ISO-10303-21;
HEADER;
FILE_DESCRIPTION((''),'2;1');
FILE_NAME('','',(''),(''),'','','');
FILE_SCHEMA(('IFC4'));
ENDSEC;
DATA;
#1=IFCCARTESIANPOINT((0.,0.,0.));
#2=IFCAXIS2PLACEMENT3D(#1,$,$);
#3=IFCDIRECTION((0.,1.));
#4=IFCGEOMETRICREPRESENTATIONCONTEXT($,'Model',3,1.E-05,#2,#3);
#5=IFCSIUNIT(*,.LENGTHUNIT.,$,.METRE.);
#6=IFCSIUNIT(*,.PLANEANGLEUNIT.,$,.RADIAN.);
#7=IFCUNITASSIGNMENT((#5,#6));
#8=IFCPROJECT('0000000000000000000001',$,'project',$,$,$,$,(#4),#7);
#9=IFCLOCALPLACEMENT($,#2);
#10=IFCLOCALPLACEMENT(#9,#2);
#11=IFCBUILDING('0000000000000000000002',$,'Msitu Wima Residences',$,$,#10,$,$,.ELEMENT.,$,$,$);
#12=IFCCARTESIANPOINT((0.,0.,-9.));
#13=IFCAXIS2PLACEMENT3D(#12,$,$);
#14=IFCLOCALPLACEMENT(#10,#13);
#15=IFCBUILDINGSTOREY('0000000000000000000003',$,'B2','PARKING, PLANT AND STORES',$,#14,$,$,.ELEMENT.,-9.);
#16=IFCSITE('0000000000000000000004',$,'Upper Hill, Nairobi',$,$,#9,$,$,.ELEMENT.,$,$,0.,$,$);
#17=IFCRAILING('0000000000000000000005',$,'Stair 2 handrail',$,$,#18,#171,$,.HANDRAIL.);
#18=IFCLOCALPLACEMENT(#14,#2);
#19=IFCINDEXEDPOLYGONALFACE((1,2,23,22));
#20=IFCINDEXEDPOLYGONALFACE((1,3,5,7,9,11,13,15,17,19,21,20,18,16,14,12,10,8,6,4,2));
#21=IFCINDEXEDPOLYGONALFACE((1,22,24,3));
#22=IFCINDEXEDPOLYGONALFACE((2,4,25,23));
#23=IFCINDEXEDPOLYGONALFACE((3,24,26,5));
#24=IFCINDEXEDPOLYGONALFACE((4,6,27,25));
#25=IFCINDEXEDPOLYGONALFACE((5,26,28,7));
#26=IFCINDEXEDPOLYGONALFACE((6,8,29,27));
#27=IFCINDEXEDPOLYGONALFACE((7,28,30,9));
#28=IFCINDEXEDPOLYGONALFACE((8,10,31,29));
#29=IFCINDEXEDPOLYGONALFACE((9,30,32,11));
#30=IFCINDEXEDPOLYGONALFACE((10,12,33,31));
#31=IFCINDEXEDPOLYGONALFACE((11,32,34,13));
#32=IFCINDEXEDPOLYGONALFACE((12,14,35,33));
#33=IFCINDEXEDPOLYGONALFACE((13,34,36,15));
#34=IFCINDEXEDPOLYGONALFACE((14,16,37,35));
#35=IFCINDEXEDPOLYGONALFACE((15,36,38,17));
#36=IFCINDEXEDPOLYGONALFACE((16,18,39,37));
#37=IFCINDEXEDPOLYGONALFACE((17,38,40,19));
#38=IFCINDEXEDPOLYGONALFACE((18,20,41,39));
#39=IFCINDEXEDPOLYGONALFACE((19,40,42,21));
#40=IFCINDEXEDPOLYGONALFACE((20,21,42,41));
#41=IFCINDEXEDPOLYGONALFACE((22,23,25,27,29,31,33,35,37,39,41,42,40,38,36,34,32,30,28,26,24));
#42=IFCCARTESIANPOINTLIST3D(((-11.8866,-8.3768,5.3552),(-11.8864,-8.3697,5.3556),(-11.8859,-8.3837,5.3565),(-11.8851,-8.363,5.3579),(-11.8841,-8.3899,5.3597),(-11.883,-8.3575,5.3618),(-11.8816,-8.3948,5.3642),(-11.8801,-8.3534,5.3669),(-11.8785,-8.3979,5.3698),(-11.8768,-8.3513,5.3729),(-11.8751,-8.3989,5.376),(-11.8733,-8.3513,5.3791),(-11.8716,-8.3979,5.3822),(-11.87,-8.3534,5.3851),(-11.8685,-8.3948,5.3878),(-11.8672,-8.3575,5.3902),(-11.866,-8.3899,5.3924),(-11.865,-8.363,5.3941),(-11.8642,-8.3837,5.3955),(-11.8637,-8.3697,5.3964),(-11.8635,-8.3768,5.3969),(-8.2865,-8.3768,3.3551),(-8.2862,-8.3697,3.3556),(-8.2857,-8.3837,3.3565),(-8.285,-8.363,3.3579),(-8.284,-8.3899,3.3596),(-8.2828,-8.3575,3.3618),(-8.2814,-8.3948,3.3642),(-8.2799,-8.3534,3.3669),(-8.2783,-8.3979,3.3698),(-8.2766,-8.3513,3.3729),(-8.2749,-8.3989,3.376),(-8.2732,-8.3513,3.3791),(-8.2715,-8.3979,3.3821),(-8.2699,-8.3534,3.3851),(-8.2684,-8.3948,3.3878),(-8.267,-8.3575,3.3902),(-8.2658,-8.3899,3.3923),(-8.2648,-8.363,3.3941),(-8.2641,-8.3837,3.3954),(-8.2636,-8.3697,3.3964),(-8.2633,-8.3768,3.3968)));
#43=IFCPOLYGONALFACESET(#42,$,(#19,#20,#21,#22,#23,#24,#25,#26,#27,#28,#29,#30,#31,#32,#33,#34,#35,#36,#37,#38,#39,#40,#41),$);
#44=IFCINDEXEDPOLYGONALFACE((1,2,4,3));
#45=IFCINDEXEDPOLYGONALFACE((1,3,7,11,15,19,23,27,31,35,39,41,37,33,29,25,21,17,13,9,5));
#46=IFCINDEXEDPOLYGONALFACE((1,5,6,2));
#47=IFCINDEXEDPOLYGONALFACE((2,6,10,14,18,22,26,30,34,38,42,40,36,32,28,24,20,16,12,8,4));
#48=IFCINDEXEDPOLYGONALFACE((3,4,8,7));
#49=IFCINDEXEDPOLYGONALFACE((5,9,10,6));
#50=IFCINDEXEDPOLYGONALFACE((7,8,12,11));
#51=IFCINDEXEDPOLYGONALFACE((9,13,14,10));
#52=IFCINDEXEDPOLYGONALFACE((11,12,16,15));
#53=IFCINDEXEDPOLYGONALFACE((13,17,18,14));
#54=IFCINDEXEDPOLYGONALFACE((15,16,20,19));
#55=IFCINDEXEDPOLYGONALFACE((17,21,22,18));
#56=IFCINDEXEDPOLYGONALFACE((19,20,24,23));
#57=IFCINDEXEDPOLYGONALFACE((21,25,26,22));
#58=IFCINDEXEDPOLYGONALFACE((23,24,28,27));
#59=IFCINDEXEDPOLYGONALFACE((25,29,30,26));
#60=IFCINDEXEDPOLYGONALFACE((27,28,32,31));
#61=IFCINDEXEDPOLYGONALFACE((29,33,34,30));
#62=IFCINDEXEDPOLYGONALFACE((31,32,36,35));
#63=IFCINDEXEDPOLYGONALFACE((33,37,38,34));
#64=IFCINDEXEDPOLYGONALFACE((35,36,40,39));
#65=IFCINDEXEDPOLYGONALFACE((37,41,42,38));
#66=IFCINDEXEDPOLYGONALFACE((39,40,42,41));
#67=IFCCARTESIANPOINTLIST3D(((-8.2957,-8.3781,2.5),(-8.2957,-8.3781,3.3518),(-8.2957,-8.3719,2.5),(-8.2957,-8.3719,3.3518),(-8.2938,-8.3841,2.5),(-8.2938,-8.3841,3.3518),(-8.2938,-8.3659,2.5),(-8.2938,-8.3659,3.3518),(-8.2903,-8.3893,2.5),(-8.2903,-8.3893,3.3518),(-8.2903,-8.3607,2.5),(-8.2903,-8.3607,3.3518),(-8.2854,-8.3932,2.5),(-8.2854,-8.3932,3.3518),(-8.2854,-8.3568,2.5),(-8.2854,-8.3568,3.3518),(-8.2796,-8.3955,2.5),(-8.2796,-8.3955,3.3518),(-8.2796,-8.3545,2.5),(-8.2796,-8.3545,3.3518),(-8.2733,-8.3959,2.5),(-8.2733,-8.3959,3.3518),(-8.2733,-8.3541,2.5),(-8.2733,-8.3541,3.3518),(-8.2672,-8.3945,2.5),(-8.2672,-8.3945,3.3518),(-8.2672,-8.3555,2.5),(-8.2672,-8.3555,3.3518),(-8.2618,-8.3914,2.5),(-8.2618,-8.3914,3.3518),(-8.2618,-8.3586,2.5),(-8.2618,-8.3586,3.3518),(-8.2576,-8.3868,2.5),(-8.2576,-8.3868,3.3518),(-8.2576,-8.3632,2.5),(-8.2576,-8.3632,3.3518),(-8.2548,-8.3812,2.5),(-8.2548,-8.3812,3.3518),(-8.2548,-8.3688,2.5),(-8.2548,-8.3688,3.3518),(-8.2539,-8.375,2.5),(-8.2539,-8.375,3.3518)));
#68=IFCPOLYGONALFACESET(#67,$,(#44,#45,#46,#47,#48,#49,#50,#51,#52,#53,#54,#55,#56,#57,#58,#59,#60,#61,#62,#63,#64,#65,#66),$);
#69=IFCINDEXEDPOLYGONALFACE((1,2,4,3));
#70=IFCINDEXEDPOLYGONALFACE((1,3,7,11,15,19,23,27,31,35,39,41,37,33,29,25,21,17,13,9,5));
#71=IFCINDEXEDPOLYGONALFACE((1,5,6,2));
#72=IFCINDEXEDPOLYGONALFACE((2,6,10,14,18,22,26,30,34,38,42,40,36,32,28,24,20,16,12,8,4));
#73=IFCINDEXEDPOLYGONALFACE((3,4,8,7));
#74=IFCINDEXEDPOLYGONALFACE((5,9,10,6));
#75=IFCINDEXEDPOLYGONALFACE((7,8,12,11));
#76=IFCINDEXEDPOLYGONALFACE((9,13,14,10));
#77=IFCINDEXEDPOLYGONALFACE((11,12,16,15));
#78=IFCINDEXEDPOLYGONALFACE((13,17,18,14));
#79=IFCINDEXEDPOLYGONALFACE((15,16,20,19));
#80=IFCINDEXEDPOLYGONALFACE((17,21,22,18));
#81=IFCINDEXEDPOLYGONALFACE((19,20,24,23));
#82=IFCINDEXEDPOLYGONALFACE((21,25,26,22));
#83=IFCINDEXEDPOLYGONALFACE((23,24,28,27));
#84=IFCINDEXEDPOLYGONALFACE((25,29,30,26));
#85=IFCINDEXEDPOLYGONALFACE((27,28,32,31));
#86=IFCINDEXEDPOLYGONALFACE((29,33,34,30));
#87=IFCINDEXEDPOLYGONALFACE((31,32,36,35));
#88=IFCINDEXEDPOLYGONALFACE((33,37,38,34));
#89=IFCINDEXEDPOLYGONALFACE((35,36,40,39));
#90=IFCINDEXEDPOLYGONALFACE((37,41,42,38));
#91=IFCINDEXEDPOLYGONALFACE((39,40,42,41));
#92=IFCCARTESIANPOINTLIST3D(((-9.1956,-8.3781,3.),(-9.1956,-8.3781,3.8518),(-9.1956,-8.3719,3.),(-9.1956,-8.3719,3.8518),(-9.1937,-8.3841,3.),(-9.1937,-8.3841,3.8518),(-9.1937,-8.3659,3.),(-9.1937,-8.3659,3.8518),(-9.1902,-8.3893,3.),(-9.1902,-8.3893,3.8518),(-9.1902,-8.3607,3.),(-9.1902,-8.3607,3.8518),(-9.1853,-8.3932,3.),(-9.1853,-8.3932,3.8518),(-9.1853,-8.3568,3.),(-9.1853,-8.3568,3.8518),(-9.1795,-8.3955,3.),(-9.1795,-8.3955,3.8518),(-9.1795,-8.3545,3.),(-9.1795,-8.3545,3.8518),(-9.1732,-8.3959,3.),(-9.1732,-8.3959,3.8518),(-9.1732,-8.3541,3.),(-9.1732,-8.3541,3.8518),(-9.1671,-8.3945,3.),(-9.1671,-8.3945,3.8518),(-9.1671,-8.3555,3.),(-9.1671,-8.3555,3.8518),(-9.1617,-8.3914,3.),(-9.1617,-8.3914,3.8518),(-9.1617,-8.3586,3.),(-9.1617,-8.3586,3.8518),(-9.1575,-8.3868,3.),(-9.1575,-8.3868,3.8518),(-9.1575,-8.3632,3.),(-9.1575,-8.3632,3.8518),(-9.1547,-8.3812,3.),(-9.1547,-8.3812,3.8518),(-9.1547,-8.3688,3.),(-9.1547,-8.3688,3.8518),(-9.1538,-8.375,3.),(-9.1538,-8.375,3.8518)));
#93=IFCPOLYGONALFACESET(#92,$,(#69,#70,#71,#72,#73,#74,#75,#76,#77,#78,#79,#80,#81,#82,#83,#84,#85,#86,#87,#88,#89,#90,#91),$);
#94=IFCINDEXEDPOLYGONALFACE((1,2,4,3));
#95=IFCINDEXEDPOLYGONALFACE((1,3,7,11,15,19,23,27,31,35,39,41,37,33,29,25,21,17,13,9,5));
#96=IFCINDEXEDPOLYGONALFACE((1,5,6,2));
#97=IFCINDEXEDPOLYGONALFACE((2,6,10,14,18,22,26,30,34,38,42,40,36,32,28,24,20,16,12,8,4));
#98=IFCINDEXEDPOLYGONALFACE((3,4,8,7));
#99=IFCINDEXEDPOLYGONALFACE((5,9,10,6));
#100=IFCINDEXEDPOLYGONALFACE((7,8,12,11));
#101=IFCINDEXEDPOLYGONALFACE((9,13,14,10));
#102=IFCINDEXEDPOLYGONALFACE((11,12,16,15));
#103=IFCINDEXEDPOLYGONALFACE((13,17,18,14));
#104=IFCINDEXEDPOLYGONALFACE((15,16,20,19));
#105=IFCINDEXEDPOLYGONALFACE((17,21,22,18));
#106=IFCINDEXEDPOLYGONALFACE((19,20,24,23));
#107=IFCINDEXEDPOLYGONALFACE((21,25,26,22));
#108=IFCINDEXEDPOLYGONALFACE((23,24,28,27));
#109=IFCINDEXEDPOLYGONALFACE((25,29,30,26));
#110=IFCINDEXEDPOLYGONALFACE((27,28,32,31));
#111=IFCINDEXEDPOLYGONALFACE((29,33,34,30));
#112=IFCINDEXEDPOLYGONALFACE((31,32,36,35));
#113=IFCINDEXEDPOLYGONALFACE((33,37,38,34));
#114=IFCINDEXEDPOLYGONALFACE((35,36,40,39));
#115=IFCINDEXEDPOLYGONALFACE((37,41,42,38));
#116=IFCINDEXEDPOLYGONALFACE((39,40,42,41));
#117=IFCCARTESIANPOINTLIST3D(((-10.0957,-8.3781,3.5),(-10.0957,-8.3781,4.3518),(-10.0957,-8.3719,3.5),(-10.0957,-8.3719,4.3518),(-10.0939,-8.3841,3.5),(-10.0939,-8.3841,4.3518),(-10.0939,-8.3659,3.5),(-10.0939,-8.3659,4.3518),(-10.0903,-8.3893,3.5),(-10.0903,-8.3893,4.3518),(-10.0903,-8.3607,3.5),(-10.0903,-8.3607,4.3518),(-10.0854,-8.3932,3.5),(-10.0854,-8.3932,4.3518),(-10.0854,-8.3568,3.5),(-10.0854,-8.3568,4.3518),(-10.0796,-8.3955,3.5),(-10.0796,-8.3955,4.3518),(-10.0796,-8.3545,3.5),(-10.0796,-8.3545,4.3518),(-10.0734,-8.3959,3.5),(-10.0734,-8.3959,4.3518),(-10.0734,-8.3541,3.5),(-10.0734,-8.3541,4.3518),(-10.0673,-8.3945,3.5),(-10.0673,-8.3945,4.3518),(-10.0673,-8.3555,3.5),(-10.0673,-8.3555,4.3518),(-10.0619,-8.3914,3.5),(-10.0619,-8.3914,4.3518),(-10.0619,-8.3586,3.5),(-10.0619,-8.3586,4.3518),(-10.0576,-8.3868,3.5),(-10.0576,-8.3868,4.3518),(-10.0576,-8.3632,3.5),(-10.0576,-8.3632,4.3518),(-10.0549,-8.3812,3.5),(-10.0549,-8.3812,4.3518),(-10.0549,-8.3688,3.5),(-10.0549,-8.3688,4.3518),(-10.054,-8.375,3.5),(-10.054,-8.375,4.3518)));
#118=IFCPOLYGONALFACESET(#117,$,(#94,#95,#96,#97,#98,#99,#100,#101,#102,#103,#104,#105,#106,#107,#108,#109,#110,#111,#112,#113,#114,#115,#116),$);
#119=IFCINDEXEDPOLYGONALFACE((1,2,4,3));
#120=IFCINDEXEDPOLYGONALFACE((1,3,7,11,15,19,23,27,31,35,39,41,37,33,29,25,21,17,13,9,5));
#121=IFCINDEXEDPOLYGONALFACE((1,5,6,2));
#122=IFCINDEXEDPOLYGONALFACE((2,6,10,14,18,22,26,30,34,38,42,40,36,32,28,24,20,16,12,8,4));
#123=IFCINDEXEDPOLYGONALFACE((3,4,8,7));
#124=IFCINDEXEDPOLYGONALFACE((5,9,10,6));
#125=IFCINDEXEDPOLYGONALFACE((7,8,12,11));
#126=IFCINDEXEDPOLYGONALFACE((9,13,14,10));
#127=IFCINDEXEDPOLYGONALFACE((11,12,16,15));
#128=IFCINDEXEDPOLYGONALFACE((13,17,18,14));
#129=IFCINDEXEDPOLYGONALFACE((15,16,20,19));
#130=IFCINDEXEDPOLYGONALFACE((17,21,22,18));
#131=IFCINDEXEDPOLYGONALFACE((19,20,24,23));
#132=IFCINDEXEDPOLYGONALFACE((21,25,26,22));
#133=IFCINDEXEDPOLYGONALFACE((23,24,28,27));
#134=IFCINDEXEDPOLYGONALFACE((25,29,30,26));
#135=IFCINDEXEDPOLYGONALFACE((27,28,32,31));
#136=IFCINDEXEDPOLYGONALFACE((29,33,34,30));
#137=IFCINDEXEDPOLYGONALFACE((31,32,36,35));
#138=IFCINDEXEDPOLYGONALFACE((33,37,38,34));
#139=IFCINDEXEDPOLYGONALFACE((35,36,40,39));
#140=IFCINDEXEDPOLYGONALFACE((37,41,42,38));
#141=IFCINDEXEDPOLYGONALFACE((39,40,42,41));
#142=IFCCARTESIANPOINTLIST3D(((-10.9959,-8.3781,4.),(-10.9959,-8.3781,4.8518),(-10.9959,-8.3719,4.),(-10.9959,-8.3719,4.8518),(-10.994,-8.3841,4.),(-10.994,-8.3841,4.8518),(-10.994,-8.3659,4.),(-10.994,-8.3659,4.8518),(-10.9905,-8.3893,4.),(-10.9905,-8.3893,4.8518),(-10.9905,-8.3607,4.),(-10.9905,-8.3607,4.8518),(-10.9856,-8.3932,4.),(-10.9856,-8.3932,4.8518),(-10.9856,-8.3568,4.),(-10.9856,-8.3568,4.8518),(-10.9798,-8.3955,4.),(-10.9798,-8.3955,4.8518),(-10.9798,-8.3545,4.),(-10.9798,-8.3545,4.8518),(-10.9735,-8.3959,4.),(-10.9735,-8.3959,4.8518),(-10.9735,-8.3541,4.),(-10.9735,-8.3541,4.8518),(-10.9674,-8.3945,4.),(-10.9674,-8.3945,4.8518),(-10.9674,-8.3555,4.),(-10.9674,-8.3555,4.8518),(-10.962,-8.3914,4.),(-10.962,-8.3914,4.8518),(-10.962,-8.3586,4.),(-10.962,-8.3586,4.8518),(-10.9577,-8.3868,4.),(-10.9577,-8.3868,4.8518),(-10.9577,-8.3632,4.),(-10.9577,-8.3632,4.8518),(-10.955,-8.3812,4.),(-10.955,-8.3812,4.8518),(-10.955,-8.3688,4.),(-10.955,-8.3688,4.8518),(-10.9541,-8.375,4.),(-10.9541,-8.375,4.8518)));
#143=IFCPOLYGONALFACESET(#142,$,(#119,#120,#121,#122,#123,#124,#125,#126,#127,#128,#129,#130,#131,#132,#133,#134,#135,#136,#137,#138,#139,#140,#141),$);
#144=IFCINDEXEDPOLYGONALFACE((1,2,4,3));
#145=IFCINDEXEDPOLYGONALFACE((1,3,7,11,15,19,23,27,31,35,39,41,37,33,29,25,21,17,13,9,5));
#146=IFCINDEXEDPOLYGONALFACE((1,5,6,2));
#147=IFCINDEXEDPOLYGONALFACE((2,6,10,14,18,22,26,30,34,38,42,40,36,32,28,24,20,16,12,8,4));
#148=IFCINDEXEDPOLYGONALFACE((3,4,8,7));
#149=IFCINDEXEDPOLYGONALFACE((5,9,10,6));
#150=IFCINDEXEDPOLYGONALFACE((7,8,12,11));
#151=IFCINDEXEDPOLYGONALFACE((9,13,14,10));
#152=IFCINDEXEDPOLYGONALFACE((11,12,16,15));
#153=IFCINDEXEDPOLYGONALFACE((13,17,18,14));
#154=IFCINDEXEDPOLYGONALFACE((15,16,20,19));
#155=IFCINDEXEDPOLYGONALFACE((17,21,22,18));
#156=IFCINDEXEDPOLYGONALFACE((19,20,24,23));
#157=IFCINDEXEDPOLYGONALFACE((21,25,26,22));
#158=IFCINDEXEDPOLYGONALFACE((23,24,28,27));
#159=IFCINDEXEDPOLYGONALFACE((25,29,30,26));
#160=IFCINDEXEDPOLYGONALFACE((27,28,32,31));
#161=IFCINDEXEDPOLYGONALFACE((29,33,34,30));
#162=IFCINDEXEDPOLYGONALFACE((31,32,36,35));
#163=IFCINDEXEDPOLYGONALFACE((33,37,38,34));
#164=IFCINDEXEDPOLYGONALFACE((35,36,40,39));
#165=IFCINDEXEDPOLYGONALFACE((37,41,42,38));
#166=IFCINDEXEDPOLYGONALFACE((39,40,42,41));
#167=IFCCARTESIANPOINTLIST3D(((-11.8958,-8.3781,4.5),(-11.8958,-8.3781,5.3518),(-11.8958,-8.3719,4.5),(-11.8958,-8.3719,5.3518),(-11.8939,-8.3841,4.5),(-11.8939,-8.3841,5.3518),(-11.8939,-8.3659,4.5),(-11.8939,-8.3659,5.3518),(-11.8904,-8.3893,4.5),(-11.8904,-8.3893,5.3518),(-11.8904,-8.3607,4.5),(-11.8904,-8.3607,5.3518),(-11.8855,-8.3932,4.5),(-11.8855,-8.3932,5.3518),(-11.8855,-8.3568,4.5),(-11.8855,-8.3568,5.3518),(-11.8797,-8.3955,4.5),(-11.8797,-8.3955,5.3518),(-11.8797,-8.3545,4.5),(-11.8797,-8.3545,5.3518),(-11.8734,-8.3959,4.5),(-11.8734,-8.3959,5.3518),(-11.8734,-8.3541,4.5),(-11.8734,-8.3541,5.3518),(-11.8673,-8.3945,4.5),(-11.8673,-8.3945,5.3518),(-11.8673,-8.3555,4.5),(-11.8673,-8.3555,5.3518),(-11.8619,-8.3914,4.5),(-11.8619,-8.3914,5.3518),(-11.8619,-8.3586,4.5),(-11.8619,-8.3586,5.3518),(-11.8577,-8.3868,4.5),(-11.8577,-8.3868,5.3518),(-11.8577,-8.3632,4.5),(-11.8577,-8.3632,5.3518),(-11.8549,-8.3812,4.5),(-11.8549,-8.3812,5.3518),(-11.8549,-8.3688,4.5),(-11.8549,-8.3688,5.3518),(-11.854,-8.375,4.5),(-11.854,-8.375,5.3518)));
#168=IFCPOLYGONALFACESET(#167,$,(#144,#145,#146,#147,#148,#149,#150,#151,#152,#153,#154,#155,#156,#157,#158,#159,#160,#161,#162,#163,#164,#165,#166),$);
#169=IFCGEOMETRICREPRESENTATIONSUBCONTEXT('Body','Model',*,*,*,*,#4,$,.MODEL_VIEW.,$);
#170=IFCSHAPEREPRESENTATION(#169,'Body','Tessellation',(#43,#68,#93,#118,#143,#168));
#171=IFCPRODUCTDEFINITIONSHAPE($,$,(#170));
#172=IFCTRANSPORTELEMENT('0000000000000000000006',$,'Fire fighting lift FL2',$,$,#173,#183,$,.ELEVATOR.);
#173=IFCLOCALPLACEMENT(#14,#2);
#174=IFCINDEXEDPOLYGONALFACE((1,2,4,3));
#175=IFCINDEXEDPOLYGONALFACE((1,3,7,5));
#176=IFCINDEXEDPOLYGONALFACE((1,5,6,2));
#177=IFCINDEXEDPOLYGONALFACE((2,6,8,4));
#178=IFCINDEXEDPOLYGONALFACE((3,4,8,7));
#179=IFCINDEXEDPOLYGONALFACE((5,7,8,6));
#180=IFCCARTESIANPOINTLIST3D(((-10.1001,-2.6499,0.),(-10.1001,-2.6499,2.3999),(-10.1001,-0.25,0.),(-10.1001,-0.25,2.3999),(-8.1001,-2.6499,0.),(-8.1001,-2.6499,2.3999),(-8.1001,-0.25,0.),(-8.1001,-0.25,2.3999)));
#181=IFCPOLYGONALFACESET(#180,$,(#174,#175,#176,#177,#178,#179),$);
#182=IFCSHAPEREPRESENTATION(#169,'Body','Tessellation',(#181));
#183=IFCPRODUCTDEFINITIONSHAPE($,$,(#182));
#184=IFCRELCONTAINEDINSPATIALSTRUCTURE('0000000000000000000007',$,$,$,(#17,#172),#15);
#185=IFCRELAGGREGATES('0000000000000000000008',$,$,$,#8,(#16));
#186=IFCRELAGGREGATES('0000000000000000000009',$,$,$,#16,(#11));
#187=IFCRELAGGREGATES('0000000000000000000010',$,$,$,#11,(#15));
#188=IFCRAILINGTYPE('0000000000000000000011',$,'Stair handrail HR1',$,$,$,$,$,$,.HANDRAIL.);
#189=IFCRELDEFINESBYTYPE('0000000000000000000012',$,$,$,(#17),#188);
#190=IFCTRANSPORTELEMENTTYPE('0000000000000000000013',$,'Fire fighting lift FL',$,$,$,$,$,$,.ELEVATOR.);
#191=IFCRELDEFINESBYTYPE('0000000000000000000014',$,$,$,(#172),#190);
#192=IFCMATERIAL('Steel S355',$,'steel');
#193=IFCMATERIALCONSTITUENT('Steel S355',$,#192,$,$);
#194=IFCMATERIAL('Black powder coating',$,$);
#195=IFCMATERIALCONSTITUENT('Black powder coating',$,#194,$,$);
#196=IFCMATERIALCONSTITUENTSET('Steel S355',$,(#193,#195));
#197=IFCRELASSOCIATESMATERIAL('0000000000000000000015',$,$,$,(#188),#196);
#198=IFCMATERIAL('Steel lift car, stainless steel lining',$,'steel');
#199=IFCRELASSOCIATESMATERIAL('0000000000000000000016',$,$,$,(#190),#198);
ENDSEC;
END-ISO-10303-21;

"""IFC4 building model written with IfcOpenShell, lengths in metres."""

from ifc_helpers import new_model, si_unit, direction, frame, origin, origin_2d, place, context, subcontext, project, spatial, rectangle, circle, extrude, material, constituent, constituent_set, type_object, element, save


model = new_model("IFC4")

# Units and contexts
model_context = context("Model", 3, precision=1e-05, world=origin(), true_north=direction((0.0, 1.0)))
body_context = subcontext(model_context, "Body", "Model", "MODEL_VIEW")
ifc_project = project(units=[si_unit("LENGTHUNIT", "METRE"), si_unit("PLANEANGLEUNIT", "RADIAN")], contexts=[model_context])

# Site, building, storey
site_placement = place(None, origin())
site = spatial("IfcSite", under=ifc_project, at=site_placement, Name="Upper Hill, Nairobi", CompositionType="ELEMENT", RefElevation=0.0)
building_placement = place(site_placement, origin())
building = spatial("IfcBuilding", under=site, at=building_placement, Name="Msitu Wima Residences", CompositionType="ELEMENT")
storey_placement = place(building_placement, frame((0.0, 0.0, -9.0)))
storey = spatial("IfcBuildingStorey", under=building, at=storey_placement, Name="B2", Description="PARKING, PLANT AND STORES", CompositionType="ELEMENT", Elevation=-9.0)

# Railing
ifc_material_1 = material(Name="Steel S355", Category="steel")
ifc_constituent_1 = constituent(ifc_material_1, Name="Steel S355")
ifc_material_2 = material(Name="Black powder coating")
ifc_constituent_2 = constituent(ifc_material_2, Name="Black powder coating")
ifc_constituent_set = constituent_set(constituents=[ifc_constituent_1, ifc_constituent_2], Name="Steel S355")
railing_type = type_object("IfcRailingType", Name="Stair handrail HR1", PredefinedType="HANDRAIL", material=ifc_constituent_set)
for number, where, name in (
    (1, (-8.2749, -8.375, 2.5), "Stair 2 handrail"),
):
    element("IfcRailing", number, at=place(storey_placement, frame(where)), inside=storey, type_object=railing_type, Name=name, PredefinedType="HANDRAIL", context=body_context, shape_type="SweptSolid", body=[
        extrude(circle(Radius=0.0239, at=origin_2d()), frame((0.0, 0.0, 0.876), z_axis=(-0.874163, 0.0, 0.485633), x_axis=(0.0, -1.0, 0.0)), (0.0, 0.0, 1.0), 4.1184),
        extrude(circle(Radius=0.021, at=origin_2d()), origin(), (0.0, 0.0, 1.0), 0.8518),
        extrude(circle(Radius=0.021, at=origin_2d()), frame((-0.8999, 0.0, 0.5)), (0.0, 0.0, 1.0), 0.8518),
        extrude(circle(Radius=0.021, at=origin_2d()), frame((-1.8, 0.0, 1.0)), (0.0, 0.0, 1.0), 0.8518),
        extrude(circle(Radius=0.021, at=origin_2d()), frame((-2.7002, 0.0, 1.5)), (0.0, 0.0, 1.0), 0.8518),
        extrude(circle(Radius=0.021, at=origin_2d()), frame((-3.6001, 0.0, 2.0)), (0.0, 0.0, 1.0), 0.8518),
    ])

# Transport element
ifc_material_3 = material(Name="Steel lift car, stainless steel lining", Category="steel")
transport_element_type = type_object("IfcTransportElementType", Name="Fire fighting lift FL", PredefinedType="ELEVATOR", material=ifc_material_3)
transport_element_placement = place(storey_placement, frame((-9.1001, -1.45, 0.0), z_axis=(0.0, 0.0, 1.0), x_axis=(1.0, 0.0, 0.0)))
element("IfcTransportElement", 2, at=transport_element_placement, inside=storey, type_object=transport_element_type, Name="Fire fighting lift FL2", PredefinedType="ELEVATOR", context=body_context, shape_type="SweptSolid", body=[
    extrude(rectangle(XDim=2.0, YDim=2.3999, at=origin_2d()), origin(), (0.0, 0.0, 1.0), 2.3999),
])

save(model, "model.ifc")
